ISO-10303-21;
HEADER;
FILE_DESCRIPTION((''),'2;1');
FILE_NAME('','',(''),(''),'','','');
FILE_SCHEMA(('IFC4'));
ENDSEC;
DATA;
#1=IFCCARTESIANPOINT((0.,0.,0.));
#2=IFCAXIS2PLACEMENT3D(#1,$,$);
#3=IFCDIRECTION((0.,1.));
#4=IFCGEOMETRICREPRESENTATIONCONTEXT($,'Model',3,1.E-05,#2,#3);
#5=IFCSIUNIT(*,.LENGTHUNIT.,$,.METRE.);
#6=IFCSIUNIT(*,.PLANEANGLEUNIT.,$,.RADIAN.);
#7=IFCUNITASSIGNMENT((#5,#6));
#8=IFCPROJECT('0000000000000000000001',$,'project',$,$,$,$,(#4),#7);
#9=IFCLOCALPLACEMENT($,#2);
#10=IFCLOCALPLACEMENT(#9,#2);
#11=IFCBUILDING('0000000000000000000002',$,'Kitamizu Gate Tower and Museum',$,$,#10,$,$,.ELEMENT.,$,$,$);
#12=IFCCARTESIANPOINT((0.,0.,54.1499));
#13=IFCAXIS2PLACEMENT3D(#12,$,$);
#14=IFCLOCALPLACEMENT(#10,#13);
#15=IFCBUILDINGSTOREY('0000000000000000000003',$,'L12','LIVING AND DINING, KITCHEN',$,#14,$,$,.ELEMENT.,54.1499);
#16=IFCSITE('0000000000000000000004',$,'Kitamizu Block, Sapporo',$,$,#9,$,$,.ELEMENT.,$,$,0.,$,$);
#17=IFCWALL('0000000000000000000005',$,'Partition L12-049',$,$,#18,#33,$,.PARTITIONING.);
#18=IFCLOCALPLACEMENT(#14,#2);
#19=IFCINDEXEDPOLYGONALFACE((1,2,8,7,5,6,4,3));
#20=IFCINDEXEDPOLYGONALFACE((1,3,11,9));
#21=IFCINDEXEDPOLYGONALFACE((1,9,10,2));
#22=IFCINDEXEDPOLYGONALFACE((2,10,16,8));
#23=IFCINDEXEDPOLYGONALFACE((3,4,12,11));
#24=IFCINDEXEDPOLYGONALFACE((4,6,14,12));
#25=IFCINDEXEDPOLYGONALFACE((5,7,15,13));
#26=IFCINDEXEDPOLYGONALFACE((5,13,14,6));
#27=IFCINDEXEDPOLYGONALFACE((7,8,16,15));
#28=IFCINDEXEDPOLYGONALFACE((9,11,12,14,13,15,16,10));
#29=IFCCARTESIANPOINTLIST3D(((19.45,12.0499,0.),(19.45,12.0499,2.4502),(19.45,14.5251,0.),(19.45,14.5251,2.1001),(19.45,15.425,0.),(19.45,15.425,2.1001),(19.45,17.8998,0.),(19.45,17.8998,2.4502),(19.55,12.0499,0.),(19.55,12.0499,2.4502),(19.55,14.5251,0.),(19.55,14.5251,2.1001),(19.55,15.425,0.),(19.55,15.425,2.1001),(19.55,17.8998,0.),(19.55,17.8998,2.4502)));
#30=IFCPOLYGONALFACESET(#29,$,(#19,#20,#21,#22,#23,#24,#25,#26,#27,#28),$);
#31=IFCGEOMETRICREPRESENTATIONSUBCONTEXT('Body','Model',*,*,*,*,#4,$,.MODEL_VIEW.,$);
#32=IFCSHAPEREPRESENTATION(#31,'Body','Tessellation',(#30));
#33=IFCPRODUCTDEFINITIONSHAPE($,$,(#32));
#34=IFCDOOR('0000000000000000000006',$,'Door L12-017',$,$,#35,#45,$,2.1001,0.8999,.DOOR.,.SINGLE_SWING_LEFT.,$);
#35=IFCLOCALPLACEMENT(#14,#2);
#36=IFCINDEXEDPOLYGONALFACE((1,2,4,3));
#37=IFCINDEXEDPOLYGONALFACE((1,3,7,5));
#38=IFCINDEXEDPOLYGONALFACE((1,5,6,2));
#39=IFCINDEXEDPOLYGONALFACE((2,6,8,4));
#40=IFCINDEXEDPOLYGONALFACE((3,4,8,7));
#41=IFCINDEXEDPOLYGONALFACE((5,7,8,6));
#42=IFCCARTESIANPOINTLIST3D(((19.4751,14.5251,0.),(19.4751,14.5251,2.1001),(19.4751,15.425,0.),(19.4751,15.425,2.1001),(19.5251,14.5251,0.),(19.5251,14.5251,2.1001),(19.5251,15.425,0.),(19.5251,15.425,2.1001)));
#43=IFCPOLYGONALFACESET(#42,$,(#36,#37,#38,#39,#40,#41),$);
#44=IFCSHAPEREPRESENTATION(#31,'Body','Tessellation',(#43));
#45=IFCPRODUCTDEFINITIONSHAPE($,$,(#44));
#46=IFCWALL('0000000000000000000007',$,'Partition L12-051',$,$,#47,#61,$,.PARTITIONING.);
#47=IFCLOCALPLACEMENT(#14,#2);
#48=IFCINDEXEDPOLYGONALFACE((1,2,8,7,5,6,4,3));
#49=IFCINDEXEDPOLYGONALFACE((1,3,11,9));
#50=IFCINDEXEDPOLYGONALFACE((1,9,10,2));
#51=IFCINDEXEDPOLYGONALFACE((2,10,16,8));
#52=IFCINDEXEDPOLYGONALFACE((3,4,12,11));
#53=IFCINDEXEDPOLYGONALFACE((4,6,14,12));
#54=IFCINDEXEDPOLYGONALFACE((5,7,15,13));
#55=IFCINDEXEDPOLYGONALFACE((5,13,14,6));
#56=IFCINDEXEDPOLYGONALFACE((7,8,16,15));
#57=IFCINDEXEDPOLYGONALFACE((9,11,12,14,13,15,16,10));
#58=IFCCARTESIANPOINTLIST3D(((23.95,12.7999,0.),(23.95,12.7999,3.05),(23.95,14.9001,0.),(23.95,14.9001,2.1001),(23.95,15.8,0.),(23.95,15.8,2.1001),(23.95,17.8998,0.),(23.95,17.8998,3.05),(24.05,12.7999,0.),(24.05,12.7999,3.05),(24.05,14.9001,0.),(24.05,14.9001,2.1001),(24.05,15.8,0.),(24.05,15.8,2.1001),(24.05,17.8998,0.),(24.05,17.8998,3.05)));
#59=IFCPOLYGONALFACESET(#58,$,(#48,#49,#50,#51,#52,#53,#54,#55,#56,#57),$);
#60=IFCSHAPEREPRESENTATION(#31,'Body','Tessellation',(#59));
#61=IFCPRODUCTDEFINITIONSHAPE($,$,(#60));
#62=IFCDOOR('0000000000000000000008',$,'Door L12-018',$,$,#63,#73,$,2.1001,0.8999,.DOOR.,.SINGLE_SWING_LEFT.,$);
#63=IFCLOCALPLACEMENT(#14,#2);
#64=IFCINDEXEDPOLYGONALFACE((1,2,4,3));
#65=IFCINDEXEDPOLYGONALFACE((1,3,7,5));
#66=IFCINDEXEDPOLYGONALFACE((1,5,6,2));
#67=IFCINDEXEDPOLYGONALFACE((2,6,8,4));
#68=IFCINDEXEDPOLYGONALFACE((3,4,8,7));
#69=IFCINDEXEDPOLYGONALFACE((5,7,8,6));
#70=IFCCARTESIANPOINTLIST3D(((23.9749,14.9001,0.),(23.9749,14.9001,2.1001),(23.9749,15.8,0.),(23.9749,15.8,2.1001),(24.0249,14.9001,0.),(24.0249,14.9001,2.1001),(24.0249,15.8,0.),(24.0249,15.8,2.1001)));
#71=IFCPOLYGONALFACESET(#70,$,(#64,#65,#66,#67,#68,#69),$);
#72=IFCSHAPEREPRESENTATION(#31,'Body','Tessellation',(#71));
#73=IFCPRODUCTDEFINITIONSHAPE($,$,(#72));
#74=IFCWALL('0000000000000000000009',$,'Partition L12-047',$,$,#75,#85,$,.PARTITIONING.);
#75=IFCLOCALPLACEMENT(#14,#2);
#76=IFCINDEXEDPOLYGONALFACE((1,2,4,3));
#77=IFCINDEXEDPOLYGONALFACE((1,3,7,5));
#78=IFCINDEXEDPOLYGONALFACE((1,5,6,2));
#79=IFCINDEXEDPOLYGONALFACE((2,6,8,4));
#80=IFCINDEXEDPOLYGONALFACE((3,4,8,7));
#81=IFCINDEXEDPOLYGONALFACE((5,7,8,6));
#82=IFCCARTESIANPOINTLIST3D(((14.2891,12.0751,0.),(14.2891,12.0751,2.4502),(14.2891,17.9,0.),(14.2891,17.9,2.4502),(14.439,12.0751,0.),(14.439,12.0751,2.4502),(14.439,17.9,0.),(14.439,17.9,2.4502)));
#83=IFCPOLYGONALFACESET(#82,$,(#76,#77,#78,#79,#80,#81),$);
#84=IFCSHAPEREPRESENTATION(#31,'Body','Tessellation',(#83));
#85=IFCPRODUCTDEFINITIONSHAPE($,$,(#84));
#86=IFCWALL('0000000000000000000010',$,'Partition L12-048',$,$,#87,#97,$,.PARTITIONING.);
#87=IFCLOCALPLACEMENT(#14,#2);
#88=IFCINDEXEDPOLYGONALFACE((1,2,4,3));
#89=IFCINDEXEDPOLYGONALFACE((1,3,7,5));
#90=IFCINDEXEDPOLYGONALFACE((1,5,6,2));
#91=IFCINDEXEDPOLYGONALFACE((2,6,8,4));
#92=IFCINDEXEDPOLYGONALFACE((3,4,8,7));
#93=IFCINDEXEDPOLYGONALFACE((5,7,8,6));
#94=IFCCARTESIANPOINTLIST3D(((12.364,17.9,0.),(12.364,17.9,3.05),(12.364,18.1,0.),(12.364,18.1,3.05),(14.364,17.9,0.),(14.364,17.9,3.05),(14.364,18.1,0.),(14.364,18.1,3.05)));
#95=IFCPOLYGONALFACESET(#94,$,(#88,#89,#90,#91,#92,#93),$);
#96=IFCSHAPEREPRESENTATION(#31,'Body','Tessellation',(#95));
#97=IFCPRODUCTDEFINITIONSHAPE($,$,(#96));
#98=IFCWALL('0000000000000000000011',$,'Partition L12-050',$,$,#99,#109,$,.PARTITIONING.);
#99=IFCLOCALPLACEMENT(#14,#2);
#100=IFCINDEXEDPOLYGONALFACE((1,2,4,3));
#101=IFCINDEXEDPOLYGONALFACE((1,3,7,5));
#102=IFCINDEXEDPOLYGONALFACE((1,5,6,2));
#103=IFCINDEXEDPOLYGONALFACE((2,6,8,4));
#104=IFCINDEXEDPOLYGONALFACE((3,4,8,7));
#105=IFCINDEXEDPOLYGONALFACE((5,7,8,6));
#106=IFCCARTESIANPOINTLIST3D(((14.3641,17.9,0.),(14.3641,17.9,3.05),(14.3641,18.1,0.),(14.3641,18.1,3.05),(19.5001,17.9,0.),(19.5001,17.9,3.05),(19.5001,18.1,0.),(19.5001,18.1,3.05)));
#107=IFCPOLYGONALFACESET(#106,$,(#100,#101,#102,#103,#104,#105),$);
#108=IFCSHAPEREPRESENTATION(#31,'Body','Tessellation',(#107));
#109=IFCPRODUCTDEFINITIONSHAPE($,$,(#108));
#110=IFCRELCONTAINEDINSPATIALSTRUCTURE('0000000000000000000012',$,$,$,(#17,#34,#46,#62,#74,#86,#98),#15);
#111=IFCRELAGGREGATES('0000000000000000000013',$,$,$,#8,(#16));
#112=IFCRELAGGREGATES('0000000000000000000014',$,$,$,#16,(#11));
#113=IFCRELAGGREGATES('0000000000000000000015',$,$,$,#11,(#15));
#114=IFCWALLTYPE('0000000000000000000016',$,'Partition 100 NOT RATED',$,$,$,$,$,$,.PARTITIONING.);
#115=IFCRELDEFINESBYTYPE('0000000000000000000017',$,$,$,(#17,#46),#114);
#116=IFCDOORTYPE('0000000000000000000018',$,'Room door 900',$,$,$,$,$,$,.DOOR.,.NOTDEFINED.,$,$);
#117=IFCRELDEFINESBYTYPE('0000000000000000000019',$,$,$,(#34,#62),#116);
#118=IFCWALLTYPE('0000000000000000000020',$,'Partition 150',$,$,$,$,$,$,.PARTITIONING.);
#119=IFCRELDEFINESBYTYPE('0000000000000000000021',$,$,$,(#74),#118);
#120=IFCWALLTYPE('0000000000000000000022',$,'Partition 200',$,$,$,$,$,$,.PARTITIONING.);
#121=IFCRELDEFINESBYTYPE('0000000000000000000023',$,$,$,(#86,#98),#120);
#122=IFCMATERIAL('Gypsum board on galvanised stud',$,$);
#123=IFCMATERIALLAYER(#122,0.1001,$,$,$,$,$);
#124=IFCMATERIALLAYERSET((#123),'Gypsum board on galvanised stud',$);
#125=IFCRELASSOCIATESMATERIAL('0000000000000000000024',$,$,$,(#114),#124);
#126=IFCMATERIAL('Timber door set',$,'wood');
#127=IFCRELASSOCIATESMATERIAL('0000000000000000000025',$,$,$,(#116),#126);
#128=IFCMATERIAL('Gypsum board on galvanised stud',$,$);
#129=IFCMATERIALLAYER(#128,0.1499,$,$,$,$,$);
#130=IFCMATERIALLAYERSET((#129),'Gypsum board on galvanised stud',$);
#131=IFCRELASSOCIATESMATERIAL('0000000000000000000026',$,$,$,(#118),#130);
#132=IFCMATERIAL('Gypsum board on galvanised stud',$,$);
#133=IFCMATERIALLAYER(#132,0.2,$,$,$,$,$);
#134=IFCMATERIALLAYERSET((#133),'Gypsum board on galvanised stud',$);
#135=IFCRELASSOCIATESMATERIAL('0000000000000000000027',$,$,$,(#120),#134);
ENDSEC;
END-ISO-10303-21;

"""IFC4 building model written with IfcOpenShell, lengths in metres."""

from ifc_helpers import new_model, si_unit, direction, frame, frame_2d, origin, place, context, subcontext, project, spatial, rectangle, extrude, material, layer, layer_set, type_object, element, fill, save


model = new_model("IFC4")

# Units and contexts
model_context = context("Model", 3, precision=1e-05, world=origin(), true_north=direction((0.0, 1.0)))
body_context = subcontext(model_context, "Body", "Model", "MODEL_VIEW")
ifc_project = project(units=[si_unit("LENGTHUNIT", "METRE"), si_unit("PLANEANGLEUNIT", "RADIAN")], contexts=[model_context])

# Site, building, storey
site_placement = place(None, origin())
site = spatial("IfcSite", under=ifc_project, at=site_placement, Name="Kitamizu Block, Sapporo", CompositionType="ELEMENT", RefElevation=0.0)
building_placement = place(site_placement, origin())
building = spatial("IfcBuilding", under=site, at=building_placement, Name="Kitamizu Gate Tower and Museum", CompositionType="ELEMENT")
storey_placement = place(building_placement, frame((0.0, 0.0, 54.1499)))
storey = spatial("IfcBuildingStorey", under=building, at=storey_placement, Name="L12", Description="LIVING AND DINING, KITCHEN", CompositionType="ELEMENT", Elevation=54.1499)

# Walls, openings, doors
ifc_material_1 = material(Name="Gypsum board on galvanised stud")
ifc_layer_1 = layer(ifc_material_1, 0.1001)
ifc_layer_set_1 = layer_set([ifc_layer_1], Name="Gypsum board on galvanised stud")
wall_type_1 = type_object("IfcWallType", Name="Partition 100 NOT RATED", PredefinedType="PARTITIONING", material=ifc_layer_set_1)
ifc_material_2 = material(Name="Timber door set", Category="wood")
door_type_1 = type_object("IfcDoorType", Name="Room door 900", OperationType="NOTDEFINED", PredefinedType="DOOR", material=ifc_material_2)
wall_1_placement = place(storey_placement, frame((19.5, 12.05, 0.0), z_axis=(0.0, 0.0, 1.0), x_axis=(0.0, 1.0, 0.0)))
wall_1 = element("IfcWall", 1, at=wall_1_placement, inside=storey, type_object=wall_type_1, Name="Partition L12-049", PredefinedType="PARTITIONING", context=body_context, shape_type="SweptSolid", body=[
    extrude(rectangle(XDim=5.8499, YDim=0.1001, at=frame_2d((2.9248, 0.0))), origin(), (0.0, 0.0, 1.0), 2.4502),
])
opening_1_placement = place(wall_1_placement, frame((2.4751, 0.0, 0.0)))
opening_1 = element("IfcOpeningElement", 2, at=opening_1_placement, cuts=wall_1, PredefinedType="OPENING", context=body_context, shape_type="SweptSolid", body=[
    extrude(rectangle(XDim=0.8999, YDim=2.1001, at=frame_2d((0.45, 1.05))), frame((0.0, 0.0601, 0.0), z_axis=(0.0, -1.0, 0.0), x_axis=(1.0, 0.0, 0.0)), (0.0, 0.0, 1.0), 0.1201),
])
door_1_placement = place(opening_1_placement, origin())
door_1 = element("IfcDoor", 3, at=door_1_placement, inside=storey, type_object=door_type_1, Name="Door L12-017", OperationType="SINGLE_SWING_LEFT", OverallHeight=2.1001, OverallWidth=0.8999, PredefinedType="DOOR", context=body_context, shape_type="SweptSolid", body=[
    extrude(rectangle(XDim=0.8999, YDim=2.1001, at=frame_2d((0.45, 1.05))), frame((0.0, 0.0249, 0.0), z_axis=(0.0, -1.0, 0.0), x_axis=(1.0, 0.0, 0.0)), (0.0, 0.0, 1.0), 0.05),
])
fill(opening_1, door_1)
wall_2_placement = place(storey_placement, frame((24.0, 12.8, 0.0), z_axis=(0.0, 0.0, 1.0), x_axis=(0.0, 1.0, 0.0)))
wall_2 = element("IfcWall", 4, at=wall_2_placement, inside=storey, type_object=wall_type_1, Name="Partition L12-051", PredefinedType="PARTITIONING", context=body_context, shape_type="SweptSolid", body=[
    extrude(rectangle(XDim=5.0999, YDim=0.1001, at=frame_2d((2.5498, 0.0))), origin(), (0.0, 0.0, 1.0), 3.05),
])
opening_2_placement = place(wall_2_placement, frame((2.1001, 0.0, 0.0)))
opening_2 = element("IfcOpeningElement", 5, at=opening_2_placement, cuts=wall_2, PredefinedType="OPENING", context=body_context, shape_type="SweptSolid", body=[
    extrude(rectangle(XDim=0.8999, YDim=2.1001, at=frame_2d((0.45, 1.05))), frame((0.0, 0.0601, 0.0), z_axis=(0.0, -1.0, 0.0), x_axis=(1.0, 0.0, 0.0)), (0.0, 0.0, 1.0), 0.1201),
])
door_2_placement = place(opening_2_placement, frame((0.8999, 0.0, 0.0), x_axis=(-1.0, 0.0, 0.0)))
door_2 = element("IfcDoor", 6, at=door_2_placement, inside=storey, type_object=door_type_1, Name="Door L12-018", OperationType="SINGLE_SWING_LEFT", OverallHeight=2.1001, OverallWidth=0.8999, PredefinedType="DOOR", context=body_context, shape_type="SweptSolid", body=[
    extrude(rectangle(XDim=0.8999, YDim=2.1001, at=frame_2d((0.45, 1.05))), frame((0.0, 0.0249, 0.0), z_axis=(0.0, -1.0, 0.0), x_axis=(1.0, 0.0, 0.0)), (0.0, 0.0, 1.0), 0.05),
])
fill(opening_2, door_2)

# Walls
ifc_material_3 = material(Name="Gypsum board on galvanised stud")
ifc_layer_2 = layer(ifc_material_3, 0.1499)
ifc_layer_set_2 = layer_set([ifc_layer_2], Name="Gypsum board on galvanised stud")
wall_type_2 = type_object("IfcWallType", Name="Partition 150", PredefinedType="PARTITIONING", material=ifc_layer_set_2)
wall_3_placement = place(storey_placement, frame((14.364, 12.075, 0.0), z_axis=(0.0, 0.0, 1.0), x_axis=(0.0, 1.0, 0.0)))
element("IfcWall", 7, at=wall_3_placement, inside=storey, type_object=wall_type_2, Name="Partition L12-047", PredefinedType="PARTITIONING", context=body_context, shape_type="SweptSolid", body=[
    extrude(rectangle(XDim=5.825, YDim=0.1499, at=frame_2d((2.9126, 0.0))), origin(), (0.0, 0.0, 1.0), 2.4502),
])
ifc_material_4 = material(Name="Gypsum board on galvanised stud")
ifc_layer_3 = layer(ifc_material_4, 0.2)
ifc_layer_set_3 = layer_set([ifc_layer_3], Name="Gypsum board on galvanised stud")
wall_type_3 = type_object("IfcWallType", Name="Partition 200", PredefinedType="PARTITIONING", material=ifc_layer_set_3)
wall_4_placement = place(storey_placement, frame((14.364, 18.0, 0.0), z_axis=(0.0, 0.0, 1.0), x_axis=(-1.0, 0.0, 0.0)))
element("IfcWall", 8, at=wall_4_placement, inside=storey, type_object=wall_type_3, Name="Partition L12-048", PredefinedType="PARTITIONING", context=body_context, shape_type="SweptSolid", body=[
    extrude(rectangle(XDim=2.0, YDim=0.2, at=frame_2d((1.0, 0.0))), origin(), (0.0, 0.0, 1.0), 3.05),
])
wall_5_placement = place(storey_placement, frame((19.5, 18.0, 0.0), z_axis=(0.0, 0.0, 1.0), x_axis=(-1.0, 0.0, 0.0)))
element("IfcWall", 9, at=wall_5_placement, inside=storey, type_object=wall_type_3, Name="Partition L12-050", PredefinedType="PARTITIONING", context=body_context, shape_type="SweptSolid", body=[
    extrude(rectangle(XDim=5.136, YDim=0.2, at=frame_2d((2.5679, 0.0))), origin(), (0.0, 0.0, 1.0), 3.05),
])

save(model, "model.ifc")
